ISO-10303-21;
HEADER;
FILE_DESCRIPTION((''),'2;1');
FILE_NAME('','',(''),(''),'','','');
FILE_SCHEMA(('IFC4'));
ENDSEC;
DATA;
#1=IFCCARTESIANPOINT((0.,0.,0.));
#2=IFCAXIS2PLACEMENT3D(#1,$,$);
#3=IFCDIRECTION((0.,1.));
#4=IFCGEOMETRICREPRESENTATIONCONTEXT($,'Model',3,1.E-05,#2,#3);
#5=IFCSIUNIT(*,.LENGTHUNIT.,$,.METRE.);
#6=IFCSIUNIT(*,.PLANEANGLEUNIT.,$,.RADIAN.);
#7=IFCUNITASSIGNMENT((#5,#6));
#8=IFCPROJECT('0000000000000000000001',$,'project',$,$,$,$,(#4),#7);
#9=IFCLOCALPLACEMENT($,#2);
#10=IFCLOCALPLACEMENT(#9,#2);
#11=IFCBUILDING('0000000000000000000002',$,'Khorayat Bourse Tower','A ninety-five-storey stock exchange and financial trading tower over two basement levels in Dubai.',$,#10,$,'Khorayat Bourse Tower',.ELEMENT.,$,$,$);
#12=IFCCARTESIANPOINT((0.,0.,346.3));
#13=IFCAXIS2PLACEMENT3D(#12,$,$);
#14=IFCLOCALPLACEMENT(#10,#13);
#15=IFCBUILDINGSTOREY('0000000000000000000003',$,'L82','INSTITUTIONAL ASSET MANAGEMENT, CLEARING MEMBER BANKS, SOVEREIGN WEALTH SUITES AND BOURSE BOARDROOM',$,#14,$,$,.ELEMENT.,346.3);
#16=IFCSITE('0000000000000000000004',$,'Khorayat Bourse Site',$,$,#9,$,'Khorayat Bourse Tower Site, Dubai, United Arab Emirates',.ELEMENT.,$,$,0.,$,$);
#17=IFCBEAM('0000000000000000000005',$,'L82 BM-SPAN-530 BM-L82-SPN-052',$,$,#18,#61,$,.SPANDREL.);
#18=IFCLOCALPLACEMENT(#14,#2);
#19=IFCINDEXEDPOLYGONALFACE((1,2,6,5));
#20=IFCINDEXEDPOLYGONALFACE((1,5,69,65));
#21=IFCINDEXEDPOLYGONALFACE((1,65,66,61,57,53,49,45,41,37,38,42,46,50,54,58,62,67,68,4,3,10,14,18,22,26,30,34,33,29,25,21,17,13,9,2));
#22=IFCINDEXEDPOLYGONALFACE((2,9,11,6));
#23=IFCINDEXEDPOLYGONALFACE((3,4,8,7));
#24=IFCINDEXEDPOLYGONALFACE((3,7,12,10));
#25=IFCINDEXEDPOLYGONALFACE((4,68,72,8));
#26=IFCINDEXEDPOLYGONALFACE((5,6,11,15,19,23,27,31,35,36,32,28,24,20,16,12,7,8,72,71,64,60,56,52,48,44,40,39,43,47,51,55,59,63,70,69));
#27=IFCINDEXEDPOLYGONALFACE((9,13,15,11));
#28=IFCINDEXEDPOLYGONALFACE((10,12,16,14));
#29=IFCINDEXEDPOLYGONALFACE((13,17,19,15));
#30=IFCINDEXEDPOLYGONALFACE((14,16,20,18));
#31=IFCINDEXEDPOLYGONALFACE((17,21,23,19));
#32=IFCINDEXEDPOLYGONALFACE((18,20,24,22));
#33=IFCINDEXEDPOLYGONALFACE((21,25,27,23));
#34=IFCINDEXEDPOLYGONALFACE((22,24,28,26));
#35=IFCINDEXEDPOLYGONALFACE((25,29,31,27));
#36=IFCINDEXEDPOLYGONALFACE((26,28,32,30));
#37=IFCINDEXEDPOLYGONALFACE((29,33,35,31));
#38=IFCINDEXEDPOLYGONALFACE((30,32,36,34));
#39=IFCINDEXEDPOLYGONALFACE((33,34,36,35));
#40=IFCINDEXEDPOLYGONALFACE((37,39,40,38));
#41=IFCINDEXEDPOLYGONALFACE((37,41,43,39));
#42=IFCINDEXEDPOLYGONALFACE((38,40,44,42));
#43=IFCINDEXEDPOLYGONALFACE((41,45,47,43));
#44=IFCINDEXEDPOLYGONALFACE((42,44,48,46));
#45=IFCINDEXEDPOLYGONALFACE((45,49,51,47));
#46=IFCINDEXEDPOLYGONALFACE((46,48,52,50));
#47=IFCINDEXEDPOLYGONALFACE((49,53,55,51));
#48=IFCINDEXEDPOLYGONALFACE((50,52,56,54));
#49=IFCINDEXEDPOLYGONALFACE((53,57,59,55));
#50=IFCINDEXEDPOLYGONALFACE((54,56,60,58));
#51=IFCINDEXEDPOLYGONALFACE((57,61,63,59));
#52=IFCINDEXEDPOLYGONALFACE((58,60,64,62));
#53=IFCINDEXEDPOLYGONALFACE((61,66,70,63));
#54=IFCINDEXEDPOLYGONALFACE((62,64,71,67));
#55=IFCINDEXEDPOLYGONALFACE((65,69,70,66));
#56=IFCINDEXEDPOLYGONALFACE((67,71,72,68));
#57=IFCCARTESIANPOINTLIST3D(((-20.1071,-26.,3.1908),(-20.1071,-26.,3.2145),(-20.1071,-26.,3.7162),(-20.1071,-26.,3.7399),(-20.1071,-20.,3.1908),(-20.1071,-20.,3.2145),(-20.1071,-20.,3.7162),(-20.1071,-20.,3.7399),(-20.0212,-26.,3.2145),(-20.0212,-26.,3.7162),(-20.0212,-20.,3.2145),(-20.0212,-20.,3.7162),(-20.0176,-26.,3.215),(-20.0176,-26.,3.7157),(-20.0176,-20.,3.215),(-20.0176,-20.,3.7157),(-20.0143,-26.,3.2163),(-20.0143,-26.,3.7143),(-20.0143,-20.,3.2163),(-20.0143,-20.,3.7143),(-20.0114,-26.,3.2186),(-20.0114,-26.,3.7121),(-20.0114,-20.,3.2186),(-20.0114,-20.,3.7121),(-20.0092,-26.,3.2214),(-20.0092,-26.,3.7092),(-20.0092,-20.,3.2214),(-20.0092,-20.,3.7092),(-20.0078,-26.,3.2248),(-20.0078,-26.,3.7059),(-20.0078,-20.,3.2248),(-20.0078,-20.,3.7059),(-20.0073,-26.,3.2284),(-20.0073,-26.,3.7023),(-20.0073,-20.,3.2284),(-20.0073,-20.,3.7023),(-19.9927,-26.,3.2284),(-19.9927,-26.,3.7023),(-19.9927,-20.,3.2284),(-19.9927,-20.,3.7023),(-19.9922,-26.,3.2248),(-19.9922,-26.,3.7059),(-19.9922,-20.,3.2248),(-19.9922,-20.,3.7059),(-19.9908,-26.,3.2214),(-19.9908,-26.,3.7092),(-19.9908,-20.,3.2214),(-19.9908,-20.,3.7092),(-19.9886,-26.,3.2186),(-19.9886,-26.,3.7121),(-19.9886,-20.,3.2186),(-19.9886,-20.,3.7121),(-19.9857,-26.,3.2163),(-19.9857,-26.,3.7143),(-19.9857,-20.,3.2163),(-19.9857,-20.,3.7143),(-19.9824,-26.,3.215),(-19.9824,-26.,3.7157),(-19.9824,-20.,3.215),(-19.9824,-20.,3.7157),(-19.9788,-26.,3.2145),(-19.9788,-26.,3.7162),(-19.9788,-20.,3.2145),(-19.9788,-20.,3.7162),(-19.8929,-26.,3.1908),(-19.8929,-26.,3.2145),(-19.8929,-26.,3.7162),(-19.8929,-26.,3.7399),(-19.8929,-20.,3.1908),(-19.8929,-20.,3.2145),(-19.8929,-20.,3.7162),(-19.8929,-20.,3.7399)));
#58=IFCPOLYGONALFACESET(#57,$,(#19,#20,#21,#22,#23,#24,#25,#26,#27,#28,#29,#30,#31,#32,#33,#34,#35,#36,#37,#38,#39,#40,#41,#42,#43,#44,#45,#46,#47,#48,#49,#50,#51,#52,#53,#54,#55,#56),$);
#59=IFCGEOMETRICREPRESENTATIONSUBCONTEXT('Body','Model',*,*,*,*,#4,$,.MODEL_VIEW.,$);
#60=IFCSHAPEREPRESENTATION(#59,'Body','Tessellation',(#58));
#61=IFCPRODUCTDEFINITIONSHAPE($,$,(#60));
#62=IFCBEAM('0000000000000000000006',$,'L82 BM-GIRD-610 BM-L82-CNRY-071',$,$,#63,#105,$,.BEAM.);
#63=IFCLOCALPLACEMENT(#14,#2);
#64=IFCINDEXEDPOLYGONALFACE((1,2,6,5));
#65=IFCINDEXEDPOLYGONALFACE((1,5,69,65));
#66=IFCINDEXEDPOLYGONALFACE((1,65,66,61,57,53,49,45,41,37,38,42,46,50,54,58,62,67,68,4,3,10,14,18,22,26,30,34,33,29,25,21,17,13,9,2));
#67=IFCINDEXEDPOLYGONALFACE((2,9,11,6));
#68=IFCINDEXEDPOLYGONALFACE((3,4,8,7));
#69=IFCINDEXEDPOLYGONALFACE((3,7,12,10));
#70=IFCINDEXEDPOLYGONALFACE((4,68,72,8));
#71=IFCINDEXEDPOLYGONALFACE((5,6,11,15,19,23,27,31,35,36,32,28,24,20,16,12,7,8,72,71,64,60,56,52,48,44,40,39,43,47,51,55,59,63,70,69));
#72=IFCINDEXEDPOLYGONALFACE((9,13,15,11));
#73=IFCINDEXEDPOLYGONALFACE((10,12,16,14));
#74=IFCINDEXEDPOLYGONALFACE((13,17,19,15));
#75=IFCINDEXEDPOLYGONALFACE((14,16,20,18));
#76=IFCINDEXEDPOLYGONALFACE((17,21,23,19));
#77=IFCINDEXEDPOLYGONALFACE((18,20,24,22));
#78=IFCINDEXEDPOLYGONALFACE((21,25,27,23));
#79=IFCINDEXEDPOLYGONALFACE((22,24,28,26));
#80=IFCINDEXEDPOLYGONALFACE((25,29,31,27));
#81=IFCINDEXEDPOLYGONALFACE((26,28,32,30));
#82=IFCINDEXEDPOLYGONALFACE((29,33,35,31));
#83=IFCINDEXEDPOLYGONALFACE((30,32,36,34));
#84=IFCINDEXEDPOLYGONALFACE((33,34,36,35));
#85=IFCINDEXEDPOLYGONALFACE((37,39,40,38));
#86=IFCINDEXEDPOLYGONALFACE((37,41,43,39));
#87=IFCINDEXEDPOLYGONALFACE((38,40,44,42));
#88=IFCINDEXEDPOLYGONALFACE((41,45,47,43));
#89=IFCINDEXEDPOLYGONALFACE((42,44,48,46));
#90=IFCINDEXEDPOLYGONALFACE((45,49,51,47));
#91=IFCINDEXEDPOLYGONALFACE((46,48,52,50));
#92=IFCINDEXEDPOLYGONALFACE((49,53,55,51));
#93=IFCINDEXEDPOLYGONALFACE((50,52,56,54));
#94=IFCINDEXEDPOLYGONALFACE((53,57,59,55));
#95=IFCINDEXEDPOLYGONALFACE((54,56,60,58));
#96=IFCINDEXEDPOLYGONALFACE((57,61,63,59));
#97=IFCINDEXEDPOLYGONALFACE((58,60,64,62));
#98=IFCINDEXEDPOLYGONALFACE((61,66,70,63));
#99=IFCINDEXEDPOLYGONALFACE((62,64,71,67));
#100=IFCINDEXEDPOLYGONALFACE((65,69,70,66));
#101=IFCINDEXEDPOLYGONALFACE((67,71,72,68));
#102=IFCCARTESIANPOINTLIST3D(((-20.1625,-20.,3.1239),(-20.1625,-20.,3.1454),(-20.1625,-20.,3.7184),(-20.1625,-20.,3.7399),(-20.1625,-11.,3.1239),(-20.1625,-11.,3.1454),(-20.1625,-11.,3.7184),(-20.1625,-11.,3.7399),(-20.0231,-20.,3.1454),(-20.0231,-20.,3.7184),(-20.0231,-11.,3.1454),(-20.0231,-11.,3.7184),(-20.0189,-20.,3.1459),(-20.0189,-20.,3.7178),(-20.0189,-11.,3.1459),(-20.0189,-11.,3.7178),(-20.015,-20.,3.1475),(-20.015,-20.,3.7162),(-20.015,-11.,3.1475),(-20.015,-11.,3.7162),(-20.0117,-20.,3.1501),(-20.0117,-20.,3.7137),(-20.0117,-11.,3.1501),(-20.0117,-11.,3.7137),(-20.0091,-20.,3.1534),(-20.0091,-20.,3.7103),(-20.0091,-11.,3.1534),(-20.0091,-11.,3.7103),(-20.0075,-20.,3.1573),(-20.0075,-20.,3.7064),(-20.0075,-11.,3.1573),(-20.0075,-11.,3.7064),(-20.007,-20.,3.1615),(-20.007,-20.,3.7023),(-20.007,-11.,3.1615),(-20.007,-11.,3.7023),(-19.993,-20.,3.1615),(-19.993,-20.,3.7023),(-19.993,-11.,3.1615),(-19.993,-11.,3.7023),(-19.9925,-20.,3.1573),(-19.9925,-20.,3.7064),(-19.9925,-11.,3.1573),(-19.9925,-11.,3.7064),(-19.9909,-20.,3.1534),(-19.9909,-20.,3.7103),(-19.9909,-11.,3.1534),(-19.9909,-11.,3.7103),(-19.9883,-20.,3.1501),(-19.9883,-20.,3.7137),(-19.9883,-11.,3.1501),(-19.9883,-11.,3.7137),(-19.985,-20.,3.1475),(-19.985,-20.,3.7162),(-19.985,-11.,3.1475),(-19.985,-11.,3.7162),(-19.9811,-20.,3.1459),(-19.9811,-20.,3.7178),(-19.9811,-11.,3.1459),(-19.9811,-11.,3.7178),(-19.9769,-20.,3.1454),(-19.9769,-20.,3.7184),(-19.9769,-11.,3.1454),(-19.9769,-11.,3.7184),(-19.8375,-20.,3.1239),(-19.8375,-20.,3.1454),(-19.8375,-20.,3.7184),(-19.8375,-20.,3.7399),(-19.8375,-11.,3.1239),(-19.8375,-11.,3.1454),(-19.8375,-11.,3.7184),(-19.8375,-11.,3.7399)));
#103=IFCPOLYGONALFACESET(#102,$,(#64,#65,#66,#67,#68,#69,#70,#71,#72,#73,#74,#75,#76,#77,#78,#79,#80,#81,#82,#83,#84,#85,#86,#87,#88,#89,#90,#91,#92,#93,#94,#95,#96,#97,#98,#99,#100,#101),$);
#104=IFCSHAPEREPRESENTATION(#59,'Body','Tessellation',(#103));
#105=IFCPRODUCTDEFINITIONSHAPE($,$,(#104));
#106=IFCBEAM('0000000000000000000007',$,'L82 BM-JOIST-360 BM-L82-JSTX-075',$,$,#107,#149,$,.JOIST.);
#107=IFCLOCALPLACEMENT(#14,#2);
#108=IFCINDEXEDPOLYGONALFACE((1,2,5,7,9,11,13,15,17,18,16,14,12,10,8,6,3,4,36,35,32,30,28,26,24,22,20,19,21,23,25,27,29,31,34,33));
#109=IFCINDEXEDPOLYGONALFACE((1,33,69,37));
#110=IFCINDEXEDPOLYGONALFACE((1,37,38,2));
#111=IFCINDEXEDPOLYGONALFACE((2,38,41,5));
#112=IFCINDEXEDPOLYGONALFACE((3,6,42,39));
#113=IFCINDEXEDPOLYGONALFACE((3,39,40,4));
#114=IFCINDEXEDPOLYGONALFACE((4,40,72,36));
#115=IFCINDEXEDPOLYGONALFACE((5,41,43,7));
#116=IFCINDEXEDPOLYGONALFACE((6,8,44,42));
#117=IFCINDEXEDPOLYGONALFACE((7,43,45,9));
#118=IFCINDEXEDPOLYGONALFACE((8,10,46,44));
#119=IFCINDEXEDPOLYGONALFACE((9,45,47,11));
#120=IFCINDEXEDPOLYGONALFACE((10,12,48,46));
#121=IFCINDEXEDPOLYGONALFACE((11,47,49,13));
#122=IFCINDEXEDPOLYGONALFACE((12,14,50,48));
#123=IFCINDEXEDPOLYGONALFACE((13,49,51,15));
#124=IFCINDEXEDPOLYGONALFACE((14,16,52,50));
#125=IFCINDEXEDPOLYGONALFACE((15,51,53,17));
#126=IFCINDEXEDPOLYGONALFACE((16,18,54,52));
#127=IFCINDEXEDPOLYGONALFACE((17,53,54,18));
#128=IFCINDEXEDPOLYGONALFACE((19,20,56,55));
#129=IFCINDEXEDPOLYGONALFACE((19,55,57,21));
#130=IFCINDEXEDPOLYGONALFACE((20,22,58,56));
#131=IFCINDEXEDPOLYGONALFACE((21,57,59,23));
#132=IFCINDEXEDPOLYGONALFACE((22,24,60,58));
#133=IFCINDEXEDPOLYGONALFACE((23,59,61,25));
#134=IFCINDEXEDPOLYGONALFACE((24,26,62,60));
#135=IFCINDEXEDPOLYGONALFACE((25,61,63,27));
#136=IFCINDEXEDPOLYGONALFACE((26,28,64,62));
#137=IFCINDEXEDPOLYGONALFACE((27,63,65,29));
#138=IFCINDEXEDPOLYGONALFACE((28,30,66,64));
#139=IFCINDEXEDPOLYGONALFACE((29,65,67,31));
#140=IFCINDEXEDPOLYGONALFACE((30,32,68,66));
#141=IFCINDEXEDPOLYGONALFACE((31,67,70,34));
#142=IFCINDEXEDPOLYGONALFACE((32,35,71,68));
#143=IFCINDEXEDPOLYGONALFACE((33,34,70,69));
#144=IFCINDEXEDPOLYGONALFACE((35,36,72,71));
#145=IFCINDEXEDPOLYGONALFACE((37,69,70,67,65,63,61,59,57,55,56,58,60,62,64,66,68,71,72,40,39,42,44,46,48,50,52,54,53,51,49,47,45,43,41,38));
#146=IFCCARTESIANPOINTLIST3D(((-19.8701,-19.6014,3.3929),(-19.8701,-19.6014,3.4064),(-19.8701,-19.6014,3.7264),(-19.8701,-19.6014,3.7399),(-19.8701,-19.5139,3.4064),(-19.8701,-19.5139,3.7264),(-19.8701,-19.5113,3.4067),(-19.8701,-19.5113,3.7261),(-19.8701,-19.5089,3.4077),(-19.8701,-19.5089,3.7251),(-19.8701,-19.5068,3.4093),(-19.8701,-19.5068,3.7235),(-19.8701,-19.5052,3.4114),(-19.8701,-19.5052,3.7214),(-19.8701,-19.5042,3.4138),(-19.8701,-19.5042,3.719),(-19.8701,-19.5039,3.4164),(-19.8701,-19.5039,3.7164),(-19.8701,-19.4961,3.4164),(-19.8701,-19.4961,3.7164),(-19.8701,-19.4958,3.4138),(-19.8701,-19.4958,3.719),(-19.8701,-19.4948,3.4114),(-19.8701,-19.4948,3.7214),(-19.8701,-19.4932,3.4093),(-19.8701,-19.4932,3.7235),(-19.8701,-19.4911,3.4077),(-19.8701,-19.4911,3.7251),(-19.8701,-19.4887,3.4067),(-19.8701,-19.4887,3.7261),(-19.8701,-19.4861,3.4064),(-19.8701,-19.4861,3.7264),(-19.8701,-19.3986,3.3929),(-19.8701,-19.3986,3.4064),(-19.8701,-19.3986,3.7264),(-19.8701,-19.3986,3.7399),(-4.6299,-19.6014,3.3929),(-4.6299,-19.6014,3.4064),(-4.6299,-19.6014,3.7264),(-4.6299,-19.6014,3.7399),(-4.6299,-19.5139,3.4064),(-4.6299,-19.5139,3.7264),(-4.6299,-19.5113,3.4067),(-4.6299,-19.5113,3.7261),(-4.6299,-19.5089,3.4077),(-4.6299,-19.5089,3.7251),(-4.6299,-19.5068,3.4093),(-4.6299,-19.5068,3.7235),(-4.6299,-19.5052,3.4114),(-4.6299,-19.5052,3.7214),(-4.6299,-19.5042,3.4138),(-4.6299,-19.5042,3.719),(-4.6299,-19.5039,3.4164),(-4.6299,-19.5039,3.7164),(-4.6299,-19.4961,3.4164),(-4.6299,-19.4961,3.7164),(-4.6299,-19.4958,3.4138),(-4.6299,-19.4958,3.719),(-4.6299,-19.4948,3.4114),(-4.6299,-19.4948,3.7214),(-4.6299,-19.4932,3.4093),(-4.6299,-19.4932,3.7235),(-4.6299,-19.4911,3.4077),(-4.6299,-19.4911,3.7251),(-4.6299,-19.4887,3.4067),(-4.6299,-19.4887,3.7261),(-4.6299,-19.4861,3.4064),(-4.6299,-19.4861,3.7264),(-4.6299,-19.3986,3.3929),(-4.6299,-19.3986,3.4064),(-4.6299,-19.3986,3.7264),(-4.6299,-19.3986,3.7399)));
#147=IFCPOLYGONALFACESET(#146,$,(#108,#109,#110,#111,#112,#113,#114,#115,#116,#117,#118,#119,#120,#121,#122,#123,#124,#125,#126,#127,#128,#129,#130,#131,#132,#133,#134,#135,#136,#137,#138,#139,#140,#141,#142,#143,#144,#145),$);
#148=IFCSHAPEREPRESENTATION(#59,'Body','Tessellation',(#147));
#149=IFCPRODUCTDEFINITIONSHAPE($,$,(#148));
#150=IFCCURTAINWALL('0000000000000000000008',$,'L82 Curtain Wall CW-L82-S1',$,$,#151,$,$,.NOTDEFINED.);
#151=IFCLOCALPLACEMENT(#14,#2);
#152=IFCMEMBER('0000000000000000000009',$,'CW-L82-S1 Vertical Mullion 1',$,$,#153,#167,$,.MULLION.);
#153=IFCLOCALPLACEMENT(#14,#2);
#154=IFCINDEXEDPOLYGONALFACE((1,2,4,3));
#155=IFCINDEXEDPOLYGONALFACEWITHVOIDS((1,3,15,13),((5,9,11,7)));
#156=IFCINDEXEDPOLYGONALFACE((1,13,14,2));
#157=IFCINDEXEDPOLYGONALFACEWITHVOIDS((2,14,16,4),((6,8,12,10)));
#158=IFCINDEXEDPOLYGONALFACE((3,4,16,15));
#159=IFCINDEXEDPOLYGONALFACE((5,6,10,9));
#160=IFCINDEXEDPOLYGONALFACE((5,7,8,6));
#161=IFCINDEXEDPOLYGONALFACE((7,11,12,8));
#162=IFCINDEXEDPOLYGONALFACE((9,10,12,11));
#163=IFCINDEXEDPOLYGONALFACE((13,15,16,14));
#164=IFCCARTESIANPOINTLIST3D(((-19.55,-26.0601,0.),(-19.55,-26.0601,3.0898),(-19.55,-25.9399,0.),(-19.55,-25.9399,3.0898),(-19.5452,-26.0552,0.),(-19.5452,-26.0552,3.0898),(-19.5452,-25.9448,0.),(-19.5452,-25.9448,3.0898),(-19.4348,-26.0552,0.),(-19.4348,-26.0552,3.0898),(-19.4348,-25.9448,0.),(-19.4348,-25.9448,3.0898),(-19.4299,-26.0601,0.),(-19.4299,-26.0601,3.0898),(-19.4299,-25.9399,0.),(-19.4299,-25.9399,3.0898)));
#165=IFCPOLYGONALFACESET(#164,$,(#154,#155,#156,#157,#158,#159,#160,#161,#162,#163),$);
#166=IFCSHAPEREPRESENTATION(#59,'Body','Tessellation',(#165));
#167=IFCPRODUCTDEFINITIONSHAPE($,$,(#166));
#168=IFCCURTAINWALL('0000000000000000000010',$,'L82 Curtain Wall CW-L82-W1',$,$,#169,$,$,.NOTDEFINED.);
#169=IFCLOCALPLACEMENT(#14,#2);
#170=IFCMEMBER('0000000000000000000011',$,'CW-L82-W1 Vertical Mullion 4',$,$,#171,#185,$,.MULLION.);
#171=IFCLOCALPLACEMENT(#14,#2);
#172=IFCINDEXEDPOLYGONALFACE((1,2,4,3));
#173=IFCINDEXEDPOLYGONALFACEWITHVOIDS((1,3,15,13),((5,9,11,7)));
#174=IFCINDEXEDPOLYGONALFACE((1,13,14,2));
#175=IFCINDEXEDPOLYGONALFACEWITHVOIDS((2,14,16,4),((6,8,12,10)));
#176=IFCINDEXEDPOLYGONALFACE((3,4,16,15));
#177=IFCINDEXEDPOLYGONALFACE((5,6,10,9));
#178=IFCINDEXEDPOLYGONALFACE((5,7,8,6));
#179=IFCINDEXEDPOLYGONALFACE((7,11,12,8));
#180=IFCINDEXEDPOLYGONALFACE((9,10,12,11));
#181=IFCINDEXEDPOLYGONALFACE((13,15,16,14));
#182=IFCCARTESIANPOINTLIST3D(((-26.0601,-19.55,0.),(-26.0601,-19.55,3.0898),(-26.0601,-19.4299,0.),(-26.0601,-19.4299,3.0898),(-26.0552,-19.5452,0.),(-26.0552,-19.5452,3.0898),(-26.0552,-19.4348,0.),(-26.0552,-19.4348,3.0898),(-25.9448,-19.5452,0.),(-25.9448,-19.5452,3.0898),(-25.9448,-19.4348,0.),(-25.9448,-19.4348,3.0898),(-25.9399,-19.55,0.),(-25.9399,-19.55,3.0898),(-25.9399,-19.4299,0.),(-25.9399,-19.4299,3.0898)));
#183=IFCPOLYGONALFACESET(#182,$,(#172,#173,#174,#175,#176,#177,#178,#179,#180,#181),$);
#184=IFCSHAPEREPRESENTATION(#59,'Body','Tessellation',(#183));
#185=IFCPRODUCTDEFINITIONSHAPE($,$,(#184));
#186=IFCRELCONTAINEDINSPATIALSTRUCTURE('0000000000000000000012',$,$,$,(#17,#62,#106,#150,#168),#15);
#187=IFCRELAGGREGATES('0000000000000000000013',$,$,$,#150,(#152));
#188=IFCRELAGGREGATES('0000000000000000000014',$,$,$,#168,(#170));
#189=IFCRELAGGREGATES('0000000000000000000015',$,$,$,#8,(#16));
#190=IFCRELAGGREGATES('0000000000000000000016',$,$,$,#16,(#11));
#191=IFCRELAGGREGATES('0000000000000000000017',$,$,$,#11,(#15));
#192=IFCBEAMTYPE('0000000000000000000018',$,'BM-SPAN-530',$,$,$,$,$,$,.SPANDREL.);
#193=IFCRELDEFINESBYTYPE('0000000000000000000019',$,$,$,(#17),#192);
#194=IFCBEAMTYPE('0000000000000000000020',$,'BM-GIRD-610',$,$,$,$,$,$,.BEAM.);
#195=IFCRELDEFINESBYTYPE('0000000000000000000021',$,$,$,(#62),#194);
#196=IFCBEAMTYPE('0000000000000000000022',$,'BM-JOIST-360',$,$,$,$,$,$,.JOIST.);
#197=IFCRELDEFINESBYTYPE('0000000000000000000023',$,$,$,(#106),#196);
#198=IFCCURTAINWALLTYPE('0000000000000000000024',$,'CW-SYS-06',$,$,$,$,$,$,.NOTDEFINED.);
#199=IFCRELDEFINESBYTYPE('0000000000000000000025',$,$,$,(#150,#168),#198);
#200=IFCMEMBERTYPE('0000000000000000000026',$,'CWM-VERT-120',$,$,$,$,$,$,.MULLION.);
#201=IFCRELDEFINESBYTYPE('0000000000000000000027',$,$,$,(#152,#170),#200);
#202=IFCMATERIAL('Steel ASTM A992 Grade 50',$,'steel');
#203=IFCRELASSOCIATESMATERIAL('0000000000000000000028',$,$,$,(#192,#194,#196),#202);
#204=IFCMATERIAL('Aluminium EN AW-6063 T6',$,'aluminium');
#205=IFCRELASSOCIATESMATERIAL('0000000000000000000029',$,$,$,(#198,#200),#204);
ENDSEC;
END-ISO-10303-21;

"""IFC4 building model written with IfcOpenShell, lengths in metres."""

from ifc_helpers import new_model, si_unit, direction, frame, origin, origin_2d, place, context, subcontext, project, spatial, hollow_rectangle, i_section, extrude, source, transform, mapped, material, material_profile, profile_set, type_object, element, aggregate, save


model = new_model("IFC4")

# Units and contexts
model_context = context("Model", 3, precision=1e-05, world=origin(), true_north=direction((0.0, 1.0)))
body_context = subcontext(model_context, "Body", "Model", "MODEL_VIEW")
ifc_project = project(units=[si_unit("LENGTHUNIT", "METRE"), si_unit("PLANEANGLEUNIT", "RADIAN")], contexts=[model_context])

# Site, building, storey
site_placement = place(None, origin())
site = spatial("IfcSite", under=ifc_project, at=site_placement, Name="Khorayat Bourse Site", LongName="Khorayat Bourse Tower Site, Dubai, United Arab Emirates", CompositionType="ELEMENT", RefElevation=0.0)
building_placement = place(site_placement, origin())
building = spatial("IfcBuilding", under=site, at=building_placement, Name="Khorayat Bourse Tower", Description="A ninety-five-storey stock exchange and financial trading tower over two basement levels in Dubai.", LongName="Khorayat Bourse Tower", CompositionType="ELEMENT")
storey_placement = place(building_placement, frame((0.0, 0.0, 346.3)))
storey = spatial("IfcBuildingStorey", under=building, at=storey_placement, Name="L82", Description="INSTITUTIONAL ASSET MANAGEMENT, CLEARING MEMBER BANKS, SOVEREIGN WEALTH SUITES AND BOURSE BOARDROOM", CompositionType="ELEMENT", Elevation=346.3)

# Beams
ifc_material_1 = material(Name="Steel ASTM A992 Grade 50", Category="steel")
ifc_material_profile_1 = material_profile(ifc_material_1, i_section(OverallWidth=0.2141, OverallDepth=0.5491, WebThickness=0.0146, FlangeThickness=0.0237, FilletRadius=0.0139, at=origin_2d()), Name="W530X138")
ifc_profile_set_1 = profile_set([ifc_material_profile_1], Name="Steel ASTM A992 Grade 50")
beam_type_1 = type_object("IfcBeamType", Name="BM-SPAN-530", PredefinedType="SPANDREL", material=ifc_profile_set_1)
shared_shape_1 = source(origin(), body_context, "Body", "SweptSolid", [
    extrude(i_section(OverallWidth=0.2141, OverallDepth=0.5491, WebThickness=0.0146, FlangeThickness=0.0237, FilletRadius=0.0139, at=origin_2d()), origin(), (0.0, 0.0, 1.0), 6.0),
])
for number, where, z_axis, x_axis, name in (
    (1, (-20.0, -26.0, 3.4653), (0.0, 1.0, 0.0), (-1.0, 0.0, 0.0), "L82 BM-SPAN-530 BM-L82-SPN-052"),
):
    element("IfcBeam", number, at=place(storey_placement, frame(where, z_axis=z_axis, x_axis=x_axis)), inside=storey, type_object=beam_type_1, Name=name, PredefinedType="SPANDREL", context=body_context, shape_type="MappedRepresentation", body=[
        mapped(shared_shape_1, transform((0.0, 0.0, 0.0), scale=1.0)),
    ])
ifc_material_profile_2 = material_profile(ifc_material_1, i_section(OverallWidth=0.325, OverallDepth=0.616, WebThickness=0.0139, FlangeThickness=0.0215, FilletRadius=0.0161, at=origin_2d()), Name="W610X174")
ifc_profile_set_2 = profile_set([ifc_material_profile_2], Name="Steel ASTM A992 Grade 50")
beam_type_2 = type_object("IfcBeamType", Name="BM-GIRD-610", PredefinedType="BEAM", material=ifc_profile_set_2)
shared_shape_2 = source(origin(), body_context, "Body", "SweptSolid", [
    extrude(i_section(OverallWidth=0.325, OverallDepth=0.616, WebThickness=0.0139, FlangeThickness=0.0215, FilletRadius=0.0161, at=origin_2d()), origin(), (0.0, 0.0, 1.0), 9.0),
])
beam_1_placement = place(storey_placement, frame((-20.0, -20.0, 3.4319), z_axis=(0.0, 1.0, 0.0), x_axis=(-1.0, 0.0, 0.0)))
element("IfcBeam", 2, at=beam_1_placement, inside=storey, type_object=beam_type_2, Name="L82 BM-GIRD-610 BM-L82-CNRY-071", PredefinedType="BEAM", context=body_context, shape_type="MappedRepresentation", body=[
    mapped(shared_shape_2, transform((0.0, 0.0, 0.0), scale=1.0)),
])
ifc_material_profile_3 = material_profile(ifc_material_1, i_section(OverallWidth=0.2029, OverallDepth=0.3469, WebThickness=0.0078, FlangeThickness=0.0134, FilletRadius=0.01, at=origin_2d()), Name="W360X64")
ifc_profile_set_3 = profile_set([ifc_material_profile_3], Name="Steel ASTM A992 Grade 50")
beam_type_3 = type_object("IfcBeamType", Name="BM-JOIST-360", PredefinedType="JOIST", material=ifc_profile_set_3)
shared_shape_3 = source(origin(), body_context, "Body", "SweptSolid", [
    extrude(i_section(OverallWidth=0.2029, OverallDepth=0.3469, WebThickness=0.0078, FlangeThickness=0.0134, FilletRadius=0.01, at=origin_2d()), origin(), (0.0, 0.0, 1.0), 15.2402),
])
beam_2_placement = place(storey_placement, frame((-19.8701, -19.5, 3.5664), z_axis=(1.0, 0.0, 0.0), x_axis=(0.0, 1.0, 0.0)))
element("IfcBeam", 3, at=beam_2_placement, inside=storey, type_object=beam_type_3, Name="L82 BM-JOIST-360 BM-L82-JSTX-075", PredefinedType="JOIST", context=body_context, shape_type="MappedRepresentation", body=[
    mapped(shared_shape_3, transform((0.0, 0.0, 0.0), scale=1.0)),
])

# Curtain walls, members
ifc_material_2 = material(Name="Aluminium EN AW-6063 T6", Category="aluminium")
curtain_wall_type = type_object("IfcCurtainWallType", Name="CW-SYS-06", PredefinedType="NOTDEFINED", material=ifc_material_2)
curtain_wall_1_placement = place(storey_placement, origin())
curtain_wall_1 = element("IfcCurtainWall", 4, at=curtain_wall_1_placement, inside=storey, type_object=curtain_wall_type, Name="L82 Curtain Wall CW-L82-S1", PredefinedType="NOTDEFINED")
ifc_material_profile_4 = material_profile(ifc_material_2, hollow_rectangle(XDim=0.1201, YDim=0.1201, WallThickness=0.0049, at=origin_2d()), Name="ALU 120x120x5")
ifc_profile_set_4 = profile_set([ifc_material_profile_4], Name="Aluminium EN AW-6063 T6")
member_type_1 = type_object("IfcMemberType", Name="CWM-VERT-120", PredefinedType="MULLION", material=ifc_profile_set_4)
shared_shape_4 = source(origin(), body_context, "Body", "SweptSolid", [
    extrude(hollow_rectangle(XDim=0.1201, YDim=0.1201, WallThickness=0.0049, at=origin_2d()), origin(), (0.0, 0.0, 1.0), 3.0898),
])
member_1_placement = place(storey_placement, frame((-19.49, -26.0, 0.0), z_axis=(0.0, 0.0, 1.0), x_axis=(0.0, 1.0, 0.0)))
member_1 = element("IfcMember", 5, at=member_1_placement, type_object=member_type_1, Name="CW-L82-S1 Vertical Mullion 1", PredefinedType="MULLION", context=body_context, shape_type="MappedRepresentation", body=[
    mapped(shared_shape_4, transform((0.0, 0.0, 0.0), scale=1.0)),
])
curtain_wall_2_placement = place(storey_placement, origin())
curtain_wall_2 = element("IfcCurtainWall", 6, at=curtain_wall_2_placement, inside=storey, type_object=curtain_wall_type, Name="L82 Curtain Wall CW-L82-W1", PredefinedType="NOTDEFINED")
member_2_placement = place(storey_placement, frame((-26.0, -19.49, 0.0), z_axis=(0.0, 0.0, 1.0), x_axis=(1.0, 0.0, 0.0)))
member_2 = element("IfcMember", 7, at=member_2_placement, type_object=member_type_1, Name="CW-L82-W1 Vertical Mullion 4", PredefinedType="MULLION", context=body_context, shape_type="MappedRepresentation", body=[
    mapped(shared_shape_4, transform((0.0, 0.0, 0.0), scale=1.0)),
])

aggregate(curtain_wall_1, [member_1])
aggregate(curtain_wall_2, [member_2])

save(model, "model.ifc")
